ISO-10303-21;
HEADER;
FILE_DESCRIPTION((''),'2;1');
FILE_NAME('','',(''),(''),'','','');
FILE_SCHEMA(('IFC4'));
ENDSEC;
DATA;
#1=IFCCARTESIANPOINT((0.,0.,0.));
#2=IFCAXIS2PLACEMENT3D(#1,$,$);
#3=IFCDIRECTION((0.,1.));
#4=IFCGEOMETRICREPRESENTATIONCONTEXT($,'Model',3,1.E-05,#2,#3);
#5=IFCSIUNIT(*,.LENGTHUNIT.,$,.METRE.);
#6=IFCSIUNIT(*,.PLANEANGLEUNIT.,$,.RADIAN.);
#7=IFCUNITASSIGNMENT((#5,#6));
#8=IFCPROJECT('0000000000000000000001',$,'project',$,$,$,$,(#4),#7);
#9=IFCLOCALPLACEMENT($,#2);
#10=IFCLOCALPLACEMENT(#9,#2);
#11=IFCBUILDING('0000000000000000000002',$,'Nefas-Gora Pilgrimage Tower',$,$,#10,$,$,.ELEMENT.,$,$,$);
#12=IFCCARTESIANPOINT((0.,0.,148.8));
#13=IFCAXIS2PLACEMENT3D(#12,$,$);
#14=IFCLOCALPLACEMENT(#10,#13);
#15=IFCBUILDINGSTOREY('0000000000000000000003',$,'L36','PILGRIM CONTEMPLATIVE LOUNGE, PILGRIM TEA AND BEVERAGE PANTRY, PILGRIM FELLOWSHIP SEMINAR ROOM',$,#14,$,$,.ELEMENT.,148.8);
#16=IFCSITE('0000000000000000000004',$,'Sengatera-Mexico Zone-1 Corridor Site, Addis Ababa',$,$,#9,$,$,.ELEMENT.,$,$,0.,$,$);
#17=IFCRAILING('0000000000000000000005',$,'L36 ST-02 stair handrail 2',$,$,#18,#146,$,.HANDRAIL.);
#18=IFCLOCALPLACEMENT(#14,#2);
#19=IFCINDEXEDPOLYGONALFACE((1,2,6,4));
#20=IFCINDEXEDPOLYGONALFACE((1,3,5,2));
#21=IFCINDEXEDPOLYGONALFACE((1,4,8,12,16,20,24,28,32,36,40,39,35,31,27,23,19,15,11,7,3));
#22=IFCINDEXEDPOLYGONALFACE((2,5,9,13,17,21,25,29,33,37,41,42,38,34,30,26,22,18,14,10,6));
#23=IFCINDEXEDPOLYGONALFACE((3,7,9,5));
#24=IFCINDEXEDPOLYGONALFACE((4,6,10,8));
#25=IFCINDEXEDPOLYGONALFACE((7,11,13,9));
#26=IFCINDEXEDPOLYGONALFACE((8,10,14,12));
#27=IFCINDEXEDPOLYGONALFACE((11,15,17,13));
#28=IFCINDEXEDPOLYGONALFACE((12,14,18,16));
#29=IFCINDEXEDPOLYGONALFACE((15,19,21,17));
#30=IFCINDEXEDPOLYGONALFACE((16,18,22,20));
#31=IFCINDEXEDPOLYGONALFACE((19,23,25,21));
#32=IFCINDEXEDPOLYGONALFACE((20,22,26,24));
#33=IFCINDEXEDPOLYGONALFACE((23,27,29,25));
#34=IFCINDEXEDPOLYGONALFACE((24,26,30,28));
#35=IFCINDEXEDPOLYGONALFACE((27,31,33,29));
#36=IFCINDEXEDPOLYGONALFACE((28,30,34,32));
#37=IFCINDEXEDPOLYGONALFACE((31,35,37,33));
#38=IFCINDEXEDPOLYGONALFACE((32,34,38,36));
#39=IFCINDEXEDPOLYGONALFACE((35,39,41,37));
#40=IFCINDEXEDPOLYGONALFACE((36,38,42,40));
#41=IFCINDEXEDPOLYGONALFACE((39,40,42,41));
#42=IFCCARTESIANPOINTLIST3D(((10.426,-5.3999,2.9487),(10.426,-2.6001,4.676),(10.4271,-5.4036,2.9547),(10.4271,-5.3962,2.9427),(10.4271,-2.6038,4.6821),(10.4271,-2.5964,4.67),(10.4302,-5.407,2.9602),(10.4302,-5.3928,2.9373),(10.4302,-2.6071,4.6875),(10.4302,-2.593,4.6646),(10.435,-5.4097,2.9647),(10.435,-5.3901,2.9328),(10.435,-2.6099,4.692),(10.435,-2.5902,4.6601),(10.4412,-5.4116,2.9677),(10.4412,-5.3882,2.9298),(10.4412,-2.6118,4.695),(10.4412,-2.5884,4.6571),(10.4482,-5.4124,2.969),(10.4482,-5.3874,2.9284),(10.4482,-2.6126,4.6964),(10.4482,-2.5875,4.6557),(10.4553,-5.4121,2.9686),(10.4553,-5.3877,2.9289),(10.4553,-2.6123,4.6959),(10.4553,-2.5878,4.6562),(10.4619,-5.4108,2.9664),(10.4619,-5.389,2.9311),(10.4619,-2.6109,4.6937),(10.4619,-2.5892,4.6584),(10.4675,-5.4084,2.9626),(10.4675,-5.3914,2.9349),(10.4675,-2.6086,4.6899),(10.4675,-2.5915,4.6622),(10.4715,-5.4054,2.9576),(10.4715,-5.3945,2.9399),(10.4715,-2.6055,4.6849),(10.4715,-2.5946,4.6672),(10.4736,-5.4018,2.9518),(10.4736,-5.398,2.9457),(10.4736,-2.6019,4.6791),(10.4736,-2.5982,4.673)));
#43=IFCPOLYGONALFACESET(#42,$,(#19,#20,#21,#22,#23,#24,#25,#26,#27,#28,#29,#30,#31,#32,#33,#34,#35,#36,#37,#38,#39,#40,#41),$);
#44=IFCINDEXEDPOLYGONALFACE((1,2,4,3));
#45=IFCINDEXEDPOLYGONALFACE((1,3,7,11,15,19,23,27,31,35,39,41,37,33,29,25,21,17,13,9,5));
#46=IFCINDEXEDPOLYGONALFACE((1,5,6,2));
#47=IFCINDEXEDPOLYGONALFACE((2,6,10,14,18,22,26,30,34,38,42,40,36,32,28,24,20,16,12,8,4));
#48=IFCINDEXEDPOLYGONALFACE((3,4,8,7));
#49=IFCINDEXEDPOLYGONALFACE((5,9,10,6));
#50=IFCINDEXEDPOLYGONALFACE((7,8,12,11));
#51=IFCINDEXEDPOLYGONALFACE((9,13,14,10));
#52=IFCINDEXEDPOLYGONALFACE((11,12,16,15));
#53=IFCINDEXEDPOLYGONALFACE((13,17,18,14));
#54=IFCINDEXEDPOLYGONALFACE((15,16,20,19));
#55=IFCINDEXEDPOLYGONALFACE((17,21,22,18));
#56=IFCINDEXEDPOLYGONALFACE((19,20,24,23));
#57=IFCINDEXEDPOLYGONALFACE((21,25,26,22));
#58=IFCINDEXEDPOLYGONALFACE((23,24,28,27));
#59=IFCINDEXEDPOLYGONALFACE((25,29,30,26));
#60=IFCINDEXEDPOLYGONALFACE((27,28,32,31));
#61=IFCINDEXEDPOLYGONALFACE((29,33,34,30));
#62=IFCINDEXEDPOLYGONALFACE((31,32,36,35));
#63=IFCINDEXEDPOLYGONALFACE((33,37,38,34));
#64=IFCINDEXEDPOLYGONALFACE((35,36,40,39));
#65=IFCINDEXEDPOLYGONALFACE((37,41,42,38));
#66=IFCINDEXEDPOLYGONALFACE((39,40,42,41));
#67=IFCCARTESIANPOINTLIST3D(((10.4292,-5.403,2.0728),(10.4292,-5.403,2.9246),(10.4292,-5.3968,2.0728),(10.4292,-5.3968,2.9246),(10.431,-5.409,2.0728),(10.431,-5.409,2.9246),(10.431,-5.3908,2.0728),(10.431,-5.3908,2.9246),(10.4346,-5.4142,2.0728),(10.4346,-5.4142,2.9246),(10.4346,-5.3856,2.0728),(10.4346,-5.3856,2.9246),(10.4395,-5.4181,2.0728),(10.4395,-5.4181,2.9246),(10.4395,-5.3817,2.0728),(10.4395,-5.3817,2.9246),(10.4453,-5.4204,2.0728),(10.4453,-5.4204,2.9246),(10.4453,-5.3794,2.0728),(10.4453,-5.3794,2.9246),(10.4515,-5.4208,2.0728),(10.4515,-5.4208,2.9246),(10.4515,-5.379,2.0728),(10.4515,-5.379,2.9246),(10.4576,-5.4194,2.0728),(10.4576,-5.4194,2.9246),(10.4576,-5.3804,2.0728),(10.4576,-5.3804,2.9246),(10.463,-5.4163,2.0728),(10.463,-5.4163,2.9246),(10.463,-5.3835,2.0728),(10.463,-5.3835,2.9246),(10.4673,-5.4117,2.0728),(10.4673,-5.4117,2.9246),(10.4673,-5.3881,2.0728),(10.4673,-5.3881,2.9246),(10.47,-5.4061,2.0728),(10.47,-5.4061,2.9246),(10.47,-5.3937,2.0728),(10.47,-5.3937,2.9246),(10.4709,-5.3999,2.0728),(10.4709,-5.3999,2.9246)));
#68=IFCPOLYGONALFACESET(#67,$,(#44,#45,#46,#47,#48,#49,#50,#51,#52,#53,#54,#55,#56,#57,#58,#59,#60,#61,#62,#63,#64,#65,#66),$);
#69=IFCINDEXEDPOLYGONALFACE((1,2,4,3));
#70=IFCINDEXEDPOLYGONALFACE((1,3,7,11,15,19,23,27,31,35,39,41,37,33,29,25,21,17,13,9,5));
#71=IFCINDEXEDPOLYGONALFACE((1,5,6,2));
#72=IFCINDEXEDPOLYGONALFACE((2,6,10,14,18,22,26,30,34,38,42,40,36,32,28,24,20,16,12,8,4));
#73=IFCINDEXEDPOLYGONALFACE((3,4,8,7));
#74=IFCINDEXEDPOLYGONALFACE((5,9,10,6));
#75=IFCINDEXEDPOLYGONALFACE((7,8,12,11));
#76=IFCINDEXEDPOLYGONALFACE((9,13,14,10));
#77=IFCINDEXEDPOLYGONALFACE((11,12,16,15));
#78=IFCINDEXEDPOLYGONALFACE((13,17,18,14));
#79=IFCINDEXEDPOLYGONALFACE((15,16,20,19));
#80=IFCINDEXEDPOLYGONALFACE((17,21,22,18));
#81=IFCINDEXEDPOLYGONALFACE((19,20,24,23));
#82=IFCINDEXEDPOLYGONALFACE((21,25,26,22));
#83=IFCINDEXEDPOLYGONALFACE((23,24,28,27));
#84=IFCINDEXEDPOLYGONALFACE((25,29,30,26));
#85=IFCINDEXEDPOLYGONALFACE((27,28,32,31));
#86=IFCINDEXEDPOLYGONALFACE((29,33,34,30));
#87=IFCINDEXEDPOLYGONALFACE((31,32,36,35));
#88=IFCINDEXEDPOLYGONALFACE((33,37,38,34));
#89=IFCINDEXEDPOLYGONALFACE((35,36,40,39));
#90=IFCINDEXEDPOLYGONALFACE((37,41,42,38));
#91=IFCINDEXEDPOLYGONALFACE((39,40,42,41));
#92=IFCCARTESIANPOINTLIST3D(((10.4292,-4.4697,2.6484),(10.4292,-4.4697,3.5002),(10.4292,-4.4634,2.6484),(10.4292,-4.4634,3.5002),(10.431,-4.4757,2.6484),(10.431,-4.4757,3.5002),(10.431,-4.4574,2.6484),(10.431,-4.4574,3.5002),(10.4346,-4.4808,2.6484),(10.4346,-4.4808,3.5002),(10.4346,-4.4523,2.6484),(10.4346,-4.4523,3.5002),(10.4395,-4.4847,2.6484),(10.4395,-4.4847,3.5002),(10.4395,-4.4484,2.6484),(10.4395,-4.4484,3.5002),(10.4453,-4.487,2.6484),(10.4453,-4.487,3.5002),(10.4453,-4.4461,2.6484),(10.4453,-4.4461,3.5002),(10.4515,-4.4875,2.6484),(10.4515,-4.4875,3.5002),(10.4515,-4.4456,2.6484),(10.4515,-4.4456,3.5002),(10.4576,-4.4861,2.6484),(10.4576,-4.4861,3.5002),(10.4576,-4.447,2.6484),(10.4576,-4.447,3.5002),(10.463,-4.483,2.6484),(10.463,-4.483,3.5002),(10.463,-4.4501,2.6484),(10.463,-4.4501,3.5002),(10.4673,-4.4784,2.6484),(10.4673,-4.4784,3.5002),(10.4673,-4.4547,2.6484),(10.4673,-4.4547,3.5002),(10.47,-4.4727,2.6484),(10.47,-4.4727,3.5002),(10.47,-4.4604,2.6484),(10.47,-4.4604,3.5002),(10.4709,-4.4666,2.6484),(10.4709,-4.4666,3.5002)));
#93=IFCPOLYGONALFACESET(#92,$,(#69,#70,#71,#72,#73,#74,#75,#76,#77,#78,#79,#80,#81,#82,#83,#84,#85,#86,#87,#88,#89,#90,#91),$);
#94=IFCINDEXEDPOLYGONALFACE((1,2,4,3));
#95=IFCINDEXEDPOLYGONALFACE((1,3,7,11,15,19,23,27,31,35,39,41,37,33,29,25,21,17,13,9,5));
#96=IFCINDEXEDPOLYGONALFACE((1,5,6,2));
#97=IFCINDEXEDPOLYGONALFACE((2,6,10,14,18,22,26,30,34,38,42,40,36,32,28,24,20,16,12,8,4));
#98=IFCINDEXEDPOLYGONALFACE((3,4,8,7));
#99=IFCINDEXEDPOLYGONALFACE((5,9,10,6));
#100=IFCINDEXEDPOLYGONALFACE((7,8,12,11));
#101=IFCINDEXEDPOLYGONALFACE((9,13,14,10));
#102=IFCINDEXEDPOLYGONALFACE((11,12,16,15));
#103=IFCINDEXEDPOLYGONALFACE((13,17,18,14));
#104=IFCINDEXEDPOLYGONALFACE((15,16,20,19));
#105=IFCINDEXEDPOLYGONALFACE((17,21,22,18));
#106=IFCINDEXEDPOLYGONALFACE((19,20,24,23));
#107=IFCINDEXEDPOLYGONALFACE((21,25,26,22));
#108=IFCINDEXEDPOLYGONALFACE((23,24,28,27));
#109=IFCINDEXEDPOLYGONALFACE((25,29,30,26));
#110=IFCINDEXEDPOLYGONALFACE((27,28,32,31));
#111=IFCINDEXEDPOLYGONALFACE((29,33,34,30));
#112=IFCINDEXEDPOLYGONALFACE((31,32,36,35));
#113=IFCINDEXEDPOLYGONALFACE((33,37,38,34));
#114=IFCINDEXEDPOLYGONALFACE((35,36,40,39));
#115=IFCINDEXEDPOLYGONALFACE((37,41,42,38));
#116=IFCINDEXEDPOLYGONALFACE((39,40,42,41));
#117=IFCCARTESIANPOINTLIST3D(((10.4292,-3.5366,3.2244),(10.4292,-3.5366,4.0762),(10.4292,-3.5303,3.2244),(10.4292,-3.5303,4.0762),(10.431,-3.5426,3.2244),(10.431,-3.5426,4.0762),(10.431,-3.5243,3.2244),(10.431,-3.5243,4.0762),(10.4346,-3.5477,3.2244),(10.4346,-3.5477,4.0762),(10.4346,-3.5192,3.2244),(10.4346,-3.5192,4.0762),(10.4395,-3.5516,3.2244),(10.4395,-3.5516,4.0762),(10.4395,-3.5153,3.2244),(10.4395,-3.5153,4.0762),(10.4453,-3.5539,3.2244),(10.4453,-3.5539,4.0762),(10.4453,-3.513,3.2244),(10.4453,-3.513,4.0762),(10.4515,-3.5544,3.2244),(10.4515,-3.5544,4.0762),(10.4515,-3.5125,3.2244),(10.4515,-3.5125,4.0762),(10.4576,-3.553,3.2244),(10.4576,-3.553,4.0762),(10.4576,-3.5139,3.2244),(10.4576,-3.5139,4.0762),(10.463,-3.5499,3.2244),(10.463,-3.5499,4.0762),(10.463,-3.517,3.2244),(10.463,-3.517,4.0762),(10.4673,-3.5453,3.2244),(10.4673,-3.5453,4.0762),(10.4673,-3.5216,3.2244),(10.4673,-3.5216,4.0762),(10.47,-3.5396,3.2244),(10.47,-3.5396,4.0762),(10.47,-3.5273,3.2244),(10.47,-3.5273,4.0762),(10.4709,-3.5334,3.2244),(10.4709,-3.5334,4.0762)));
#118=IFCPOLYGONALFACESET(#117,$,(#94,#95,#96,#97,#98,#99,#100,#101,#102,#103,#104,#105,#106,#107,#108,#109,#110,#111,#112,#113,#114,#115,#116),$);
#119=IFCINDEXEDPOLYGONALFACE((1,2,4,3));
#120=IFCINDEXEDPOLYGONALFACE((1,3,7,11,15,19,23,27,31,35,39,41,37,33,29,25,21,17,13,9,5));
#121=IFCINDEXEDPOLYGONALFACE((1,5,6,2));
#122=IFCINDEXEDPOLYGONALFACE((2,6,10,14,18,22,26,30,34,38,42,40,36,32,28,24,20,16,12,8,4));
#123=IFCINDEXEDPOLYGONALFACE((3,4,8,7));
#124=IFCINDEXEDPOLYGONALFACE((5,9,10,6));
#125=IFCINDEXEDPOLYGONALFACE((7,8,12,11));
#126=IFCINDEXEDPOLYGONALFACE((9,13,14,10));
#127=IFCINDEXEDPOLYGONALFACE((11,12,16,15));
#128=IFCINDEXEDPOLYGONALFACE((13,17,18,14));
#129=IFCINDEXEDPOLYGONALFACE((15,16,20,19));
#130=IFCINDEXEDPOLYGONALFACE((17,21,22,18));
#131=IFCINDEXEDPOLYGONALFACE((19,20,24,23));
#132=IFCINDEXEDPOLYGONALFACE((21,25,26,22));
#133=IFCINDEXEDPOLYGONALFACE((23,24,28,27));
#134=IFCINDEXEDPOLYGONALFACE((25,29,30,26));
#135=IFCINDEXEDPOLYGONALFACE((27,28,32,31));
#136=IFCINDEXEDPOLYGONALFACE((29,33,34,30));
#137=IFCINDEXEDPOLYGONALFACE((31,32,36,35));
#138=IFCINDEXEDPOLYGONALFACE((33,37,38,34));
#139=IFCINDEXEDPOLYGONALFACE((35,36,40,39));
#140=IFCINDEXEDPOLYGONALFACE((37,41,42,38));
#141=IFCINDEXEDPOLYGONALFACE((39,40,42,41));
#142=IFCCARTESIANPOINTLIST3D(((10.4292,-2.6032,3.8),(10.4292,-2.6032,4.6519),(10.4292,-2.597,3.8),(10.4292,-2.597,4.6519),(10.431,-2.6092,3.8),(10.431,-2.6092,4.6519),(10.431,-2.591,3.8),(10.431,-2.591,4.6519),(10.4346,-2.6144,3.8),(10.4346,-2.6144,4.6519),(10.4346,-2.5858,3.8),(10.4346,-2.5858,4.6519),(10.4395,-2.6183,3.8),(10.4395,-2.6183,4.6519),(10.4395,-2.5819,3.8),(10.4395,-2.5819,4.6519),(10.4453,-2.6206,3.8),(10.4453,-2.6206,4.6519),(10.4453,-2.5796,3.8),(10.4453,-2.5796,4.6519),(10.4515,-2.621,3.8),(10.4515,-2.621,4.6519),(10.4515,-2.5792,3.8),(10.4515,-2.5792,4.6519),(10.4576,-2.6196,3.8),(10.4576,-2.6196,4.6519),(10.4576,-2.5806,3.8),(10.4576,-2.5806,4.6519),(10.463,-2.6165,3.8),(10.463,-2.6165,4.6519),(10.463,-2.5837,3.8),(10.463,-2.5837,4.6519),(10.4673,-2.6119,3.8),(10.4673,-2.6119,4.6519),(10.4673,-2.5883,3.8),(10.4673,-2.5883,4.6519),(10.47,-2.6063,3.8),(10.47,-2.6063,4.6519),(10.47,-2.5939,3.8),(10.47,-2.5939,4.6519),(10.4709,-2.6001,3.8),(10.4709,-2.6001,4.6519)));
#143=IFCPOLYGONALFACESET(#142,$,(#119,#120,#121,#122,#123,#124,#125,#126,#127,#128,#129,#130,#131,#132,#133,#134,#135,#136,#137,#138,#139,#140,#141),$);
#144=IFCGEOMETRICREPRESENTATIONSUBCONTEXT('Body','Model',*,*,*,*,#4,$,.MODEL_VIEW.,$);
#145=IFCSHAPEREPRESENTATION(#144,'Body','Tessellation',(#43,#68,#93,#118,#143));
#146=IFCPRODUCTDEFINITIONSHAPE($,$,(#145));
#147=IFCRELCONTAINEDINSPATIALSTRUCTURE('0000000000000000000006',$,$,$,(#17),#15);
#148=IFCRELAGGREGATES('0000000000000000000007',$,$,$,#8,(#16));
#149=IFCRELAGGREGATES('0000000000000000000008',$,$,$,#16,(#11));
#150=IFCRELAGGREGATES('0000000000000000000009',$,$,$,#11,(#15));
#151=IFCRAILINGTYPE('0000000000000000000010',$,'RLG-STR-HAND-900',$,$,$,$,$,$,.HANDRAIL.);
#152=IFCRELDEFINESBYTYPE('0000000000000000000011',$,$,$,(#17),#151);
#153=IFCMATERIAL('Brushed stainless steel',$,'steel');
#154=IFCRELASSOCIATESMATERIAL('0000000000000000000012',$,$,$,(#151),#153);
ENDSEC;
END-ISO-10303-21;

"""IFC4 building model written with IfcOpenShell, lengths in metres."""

from ifc_helpers import new_model, si_unit, direction, frame, origin, origin_2d, place, context, subcontext, project, spatial, circle, extrude, material, type_object, element, save


model = new_model("IFC4")

# Units and contexts
model_context = context("Model", 3, precision=1e-05, world=origin(), true_north=direction((0.0, 1.0)))
body_context = subcontext(model_context, "Body", "Model", "MODEL_VIEW")
ifc_project = project(units=[si_unit("LENGTHUNIT", "METRE"), si_unit("PLANEANGLEUNIT", "RADIAN")], contexts=[model_context])

# Site, building, storey
site_placement = place(None, origin())
site = spatial("IfcSite", under=ifc_project, at=site_placement, Name="Sengatera-Mexico Zone-1 Corridor Site, Addis Ababa", CompositionType="ELEMENT", RefElevation=0.0)
building_placement = place(site_placement, origin())
building = spatial("IfcBuilding", under=site, at=building_placement, Name="Nefas-Gora Pilgrimage Tower", CompositionType="ELEMENT")
storey_placement = place(building_placement, frame((0.0, 0.0, 148.8)))
storey = spatial("IfcBuildingStorey", under=building, at=storey_placement, Name="L36", Description="PILGRIM CONTEMPLATIVE LOUNGE, PILGRIM TEA AND BEVERAGE PANTRY, PILGRIM FELLOWSHIP SEMINAR ROOM", CompositionType="ELEMENT", Elevation=148.8)

# Railing
ifc_material_1 = material(Name="Brushed stainless steel", Category="steel")
railing_type_1 = type_object("IfcRailingType", Name="RLG-STR-HAND-900", PredefinedType="HANDRAIL", material=ifc_material_1)
railing_1_placement = place(storey_placement, frame((10.45, -5.3999, 2.0728)))
element("IfcRailing", 1, at=railing_1_placement, inside=storey, type_object=railing_type_1, Name="L36 ST-02 stair handrail 2", PredefinedType="HANDRAIL", context=body_context, shape_type="SweptSolid", body=[
    extrude(circle(Radius=0.0239, at=origin_2d()), frame((0.0, 0.0, 0.876), z_axis=(0.0, 0.851069, 0.525054), x_axis=(-1.0, 0.0, 0.0)), (0.0, 0.0, 1.0), 3.2898),
    extrude(circle(Radius=0.021, at=origin_2d()), origin(), (0.0, 0.0, 1.0), 0.8518),
    extrude(circle(Radius=0.021, at=origin_2d()), frame((0.0, 0.9333, 0.5757)), (0.0, 0.0, 1.0), 0.8518),
    extrude(circle(Radius=0.021, at=origin_2d()), frame((0.0, 1.8665, 1.1516)), (0.0, 0.0, 1.0), 0.8518),
    extrude(circle(Radius=0.021, at=origin_2d()), frame((0.0, 2.7998, 1.7273)), (0.0, 0.0, 1.0), 0.8518),
])

save(model, "model.ifc")
